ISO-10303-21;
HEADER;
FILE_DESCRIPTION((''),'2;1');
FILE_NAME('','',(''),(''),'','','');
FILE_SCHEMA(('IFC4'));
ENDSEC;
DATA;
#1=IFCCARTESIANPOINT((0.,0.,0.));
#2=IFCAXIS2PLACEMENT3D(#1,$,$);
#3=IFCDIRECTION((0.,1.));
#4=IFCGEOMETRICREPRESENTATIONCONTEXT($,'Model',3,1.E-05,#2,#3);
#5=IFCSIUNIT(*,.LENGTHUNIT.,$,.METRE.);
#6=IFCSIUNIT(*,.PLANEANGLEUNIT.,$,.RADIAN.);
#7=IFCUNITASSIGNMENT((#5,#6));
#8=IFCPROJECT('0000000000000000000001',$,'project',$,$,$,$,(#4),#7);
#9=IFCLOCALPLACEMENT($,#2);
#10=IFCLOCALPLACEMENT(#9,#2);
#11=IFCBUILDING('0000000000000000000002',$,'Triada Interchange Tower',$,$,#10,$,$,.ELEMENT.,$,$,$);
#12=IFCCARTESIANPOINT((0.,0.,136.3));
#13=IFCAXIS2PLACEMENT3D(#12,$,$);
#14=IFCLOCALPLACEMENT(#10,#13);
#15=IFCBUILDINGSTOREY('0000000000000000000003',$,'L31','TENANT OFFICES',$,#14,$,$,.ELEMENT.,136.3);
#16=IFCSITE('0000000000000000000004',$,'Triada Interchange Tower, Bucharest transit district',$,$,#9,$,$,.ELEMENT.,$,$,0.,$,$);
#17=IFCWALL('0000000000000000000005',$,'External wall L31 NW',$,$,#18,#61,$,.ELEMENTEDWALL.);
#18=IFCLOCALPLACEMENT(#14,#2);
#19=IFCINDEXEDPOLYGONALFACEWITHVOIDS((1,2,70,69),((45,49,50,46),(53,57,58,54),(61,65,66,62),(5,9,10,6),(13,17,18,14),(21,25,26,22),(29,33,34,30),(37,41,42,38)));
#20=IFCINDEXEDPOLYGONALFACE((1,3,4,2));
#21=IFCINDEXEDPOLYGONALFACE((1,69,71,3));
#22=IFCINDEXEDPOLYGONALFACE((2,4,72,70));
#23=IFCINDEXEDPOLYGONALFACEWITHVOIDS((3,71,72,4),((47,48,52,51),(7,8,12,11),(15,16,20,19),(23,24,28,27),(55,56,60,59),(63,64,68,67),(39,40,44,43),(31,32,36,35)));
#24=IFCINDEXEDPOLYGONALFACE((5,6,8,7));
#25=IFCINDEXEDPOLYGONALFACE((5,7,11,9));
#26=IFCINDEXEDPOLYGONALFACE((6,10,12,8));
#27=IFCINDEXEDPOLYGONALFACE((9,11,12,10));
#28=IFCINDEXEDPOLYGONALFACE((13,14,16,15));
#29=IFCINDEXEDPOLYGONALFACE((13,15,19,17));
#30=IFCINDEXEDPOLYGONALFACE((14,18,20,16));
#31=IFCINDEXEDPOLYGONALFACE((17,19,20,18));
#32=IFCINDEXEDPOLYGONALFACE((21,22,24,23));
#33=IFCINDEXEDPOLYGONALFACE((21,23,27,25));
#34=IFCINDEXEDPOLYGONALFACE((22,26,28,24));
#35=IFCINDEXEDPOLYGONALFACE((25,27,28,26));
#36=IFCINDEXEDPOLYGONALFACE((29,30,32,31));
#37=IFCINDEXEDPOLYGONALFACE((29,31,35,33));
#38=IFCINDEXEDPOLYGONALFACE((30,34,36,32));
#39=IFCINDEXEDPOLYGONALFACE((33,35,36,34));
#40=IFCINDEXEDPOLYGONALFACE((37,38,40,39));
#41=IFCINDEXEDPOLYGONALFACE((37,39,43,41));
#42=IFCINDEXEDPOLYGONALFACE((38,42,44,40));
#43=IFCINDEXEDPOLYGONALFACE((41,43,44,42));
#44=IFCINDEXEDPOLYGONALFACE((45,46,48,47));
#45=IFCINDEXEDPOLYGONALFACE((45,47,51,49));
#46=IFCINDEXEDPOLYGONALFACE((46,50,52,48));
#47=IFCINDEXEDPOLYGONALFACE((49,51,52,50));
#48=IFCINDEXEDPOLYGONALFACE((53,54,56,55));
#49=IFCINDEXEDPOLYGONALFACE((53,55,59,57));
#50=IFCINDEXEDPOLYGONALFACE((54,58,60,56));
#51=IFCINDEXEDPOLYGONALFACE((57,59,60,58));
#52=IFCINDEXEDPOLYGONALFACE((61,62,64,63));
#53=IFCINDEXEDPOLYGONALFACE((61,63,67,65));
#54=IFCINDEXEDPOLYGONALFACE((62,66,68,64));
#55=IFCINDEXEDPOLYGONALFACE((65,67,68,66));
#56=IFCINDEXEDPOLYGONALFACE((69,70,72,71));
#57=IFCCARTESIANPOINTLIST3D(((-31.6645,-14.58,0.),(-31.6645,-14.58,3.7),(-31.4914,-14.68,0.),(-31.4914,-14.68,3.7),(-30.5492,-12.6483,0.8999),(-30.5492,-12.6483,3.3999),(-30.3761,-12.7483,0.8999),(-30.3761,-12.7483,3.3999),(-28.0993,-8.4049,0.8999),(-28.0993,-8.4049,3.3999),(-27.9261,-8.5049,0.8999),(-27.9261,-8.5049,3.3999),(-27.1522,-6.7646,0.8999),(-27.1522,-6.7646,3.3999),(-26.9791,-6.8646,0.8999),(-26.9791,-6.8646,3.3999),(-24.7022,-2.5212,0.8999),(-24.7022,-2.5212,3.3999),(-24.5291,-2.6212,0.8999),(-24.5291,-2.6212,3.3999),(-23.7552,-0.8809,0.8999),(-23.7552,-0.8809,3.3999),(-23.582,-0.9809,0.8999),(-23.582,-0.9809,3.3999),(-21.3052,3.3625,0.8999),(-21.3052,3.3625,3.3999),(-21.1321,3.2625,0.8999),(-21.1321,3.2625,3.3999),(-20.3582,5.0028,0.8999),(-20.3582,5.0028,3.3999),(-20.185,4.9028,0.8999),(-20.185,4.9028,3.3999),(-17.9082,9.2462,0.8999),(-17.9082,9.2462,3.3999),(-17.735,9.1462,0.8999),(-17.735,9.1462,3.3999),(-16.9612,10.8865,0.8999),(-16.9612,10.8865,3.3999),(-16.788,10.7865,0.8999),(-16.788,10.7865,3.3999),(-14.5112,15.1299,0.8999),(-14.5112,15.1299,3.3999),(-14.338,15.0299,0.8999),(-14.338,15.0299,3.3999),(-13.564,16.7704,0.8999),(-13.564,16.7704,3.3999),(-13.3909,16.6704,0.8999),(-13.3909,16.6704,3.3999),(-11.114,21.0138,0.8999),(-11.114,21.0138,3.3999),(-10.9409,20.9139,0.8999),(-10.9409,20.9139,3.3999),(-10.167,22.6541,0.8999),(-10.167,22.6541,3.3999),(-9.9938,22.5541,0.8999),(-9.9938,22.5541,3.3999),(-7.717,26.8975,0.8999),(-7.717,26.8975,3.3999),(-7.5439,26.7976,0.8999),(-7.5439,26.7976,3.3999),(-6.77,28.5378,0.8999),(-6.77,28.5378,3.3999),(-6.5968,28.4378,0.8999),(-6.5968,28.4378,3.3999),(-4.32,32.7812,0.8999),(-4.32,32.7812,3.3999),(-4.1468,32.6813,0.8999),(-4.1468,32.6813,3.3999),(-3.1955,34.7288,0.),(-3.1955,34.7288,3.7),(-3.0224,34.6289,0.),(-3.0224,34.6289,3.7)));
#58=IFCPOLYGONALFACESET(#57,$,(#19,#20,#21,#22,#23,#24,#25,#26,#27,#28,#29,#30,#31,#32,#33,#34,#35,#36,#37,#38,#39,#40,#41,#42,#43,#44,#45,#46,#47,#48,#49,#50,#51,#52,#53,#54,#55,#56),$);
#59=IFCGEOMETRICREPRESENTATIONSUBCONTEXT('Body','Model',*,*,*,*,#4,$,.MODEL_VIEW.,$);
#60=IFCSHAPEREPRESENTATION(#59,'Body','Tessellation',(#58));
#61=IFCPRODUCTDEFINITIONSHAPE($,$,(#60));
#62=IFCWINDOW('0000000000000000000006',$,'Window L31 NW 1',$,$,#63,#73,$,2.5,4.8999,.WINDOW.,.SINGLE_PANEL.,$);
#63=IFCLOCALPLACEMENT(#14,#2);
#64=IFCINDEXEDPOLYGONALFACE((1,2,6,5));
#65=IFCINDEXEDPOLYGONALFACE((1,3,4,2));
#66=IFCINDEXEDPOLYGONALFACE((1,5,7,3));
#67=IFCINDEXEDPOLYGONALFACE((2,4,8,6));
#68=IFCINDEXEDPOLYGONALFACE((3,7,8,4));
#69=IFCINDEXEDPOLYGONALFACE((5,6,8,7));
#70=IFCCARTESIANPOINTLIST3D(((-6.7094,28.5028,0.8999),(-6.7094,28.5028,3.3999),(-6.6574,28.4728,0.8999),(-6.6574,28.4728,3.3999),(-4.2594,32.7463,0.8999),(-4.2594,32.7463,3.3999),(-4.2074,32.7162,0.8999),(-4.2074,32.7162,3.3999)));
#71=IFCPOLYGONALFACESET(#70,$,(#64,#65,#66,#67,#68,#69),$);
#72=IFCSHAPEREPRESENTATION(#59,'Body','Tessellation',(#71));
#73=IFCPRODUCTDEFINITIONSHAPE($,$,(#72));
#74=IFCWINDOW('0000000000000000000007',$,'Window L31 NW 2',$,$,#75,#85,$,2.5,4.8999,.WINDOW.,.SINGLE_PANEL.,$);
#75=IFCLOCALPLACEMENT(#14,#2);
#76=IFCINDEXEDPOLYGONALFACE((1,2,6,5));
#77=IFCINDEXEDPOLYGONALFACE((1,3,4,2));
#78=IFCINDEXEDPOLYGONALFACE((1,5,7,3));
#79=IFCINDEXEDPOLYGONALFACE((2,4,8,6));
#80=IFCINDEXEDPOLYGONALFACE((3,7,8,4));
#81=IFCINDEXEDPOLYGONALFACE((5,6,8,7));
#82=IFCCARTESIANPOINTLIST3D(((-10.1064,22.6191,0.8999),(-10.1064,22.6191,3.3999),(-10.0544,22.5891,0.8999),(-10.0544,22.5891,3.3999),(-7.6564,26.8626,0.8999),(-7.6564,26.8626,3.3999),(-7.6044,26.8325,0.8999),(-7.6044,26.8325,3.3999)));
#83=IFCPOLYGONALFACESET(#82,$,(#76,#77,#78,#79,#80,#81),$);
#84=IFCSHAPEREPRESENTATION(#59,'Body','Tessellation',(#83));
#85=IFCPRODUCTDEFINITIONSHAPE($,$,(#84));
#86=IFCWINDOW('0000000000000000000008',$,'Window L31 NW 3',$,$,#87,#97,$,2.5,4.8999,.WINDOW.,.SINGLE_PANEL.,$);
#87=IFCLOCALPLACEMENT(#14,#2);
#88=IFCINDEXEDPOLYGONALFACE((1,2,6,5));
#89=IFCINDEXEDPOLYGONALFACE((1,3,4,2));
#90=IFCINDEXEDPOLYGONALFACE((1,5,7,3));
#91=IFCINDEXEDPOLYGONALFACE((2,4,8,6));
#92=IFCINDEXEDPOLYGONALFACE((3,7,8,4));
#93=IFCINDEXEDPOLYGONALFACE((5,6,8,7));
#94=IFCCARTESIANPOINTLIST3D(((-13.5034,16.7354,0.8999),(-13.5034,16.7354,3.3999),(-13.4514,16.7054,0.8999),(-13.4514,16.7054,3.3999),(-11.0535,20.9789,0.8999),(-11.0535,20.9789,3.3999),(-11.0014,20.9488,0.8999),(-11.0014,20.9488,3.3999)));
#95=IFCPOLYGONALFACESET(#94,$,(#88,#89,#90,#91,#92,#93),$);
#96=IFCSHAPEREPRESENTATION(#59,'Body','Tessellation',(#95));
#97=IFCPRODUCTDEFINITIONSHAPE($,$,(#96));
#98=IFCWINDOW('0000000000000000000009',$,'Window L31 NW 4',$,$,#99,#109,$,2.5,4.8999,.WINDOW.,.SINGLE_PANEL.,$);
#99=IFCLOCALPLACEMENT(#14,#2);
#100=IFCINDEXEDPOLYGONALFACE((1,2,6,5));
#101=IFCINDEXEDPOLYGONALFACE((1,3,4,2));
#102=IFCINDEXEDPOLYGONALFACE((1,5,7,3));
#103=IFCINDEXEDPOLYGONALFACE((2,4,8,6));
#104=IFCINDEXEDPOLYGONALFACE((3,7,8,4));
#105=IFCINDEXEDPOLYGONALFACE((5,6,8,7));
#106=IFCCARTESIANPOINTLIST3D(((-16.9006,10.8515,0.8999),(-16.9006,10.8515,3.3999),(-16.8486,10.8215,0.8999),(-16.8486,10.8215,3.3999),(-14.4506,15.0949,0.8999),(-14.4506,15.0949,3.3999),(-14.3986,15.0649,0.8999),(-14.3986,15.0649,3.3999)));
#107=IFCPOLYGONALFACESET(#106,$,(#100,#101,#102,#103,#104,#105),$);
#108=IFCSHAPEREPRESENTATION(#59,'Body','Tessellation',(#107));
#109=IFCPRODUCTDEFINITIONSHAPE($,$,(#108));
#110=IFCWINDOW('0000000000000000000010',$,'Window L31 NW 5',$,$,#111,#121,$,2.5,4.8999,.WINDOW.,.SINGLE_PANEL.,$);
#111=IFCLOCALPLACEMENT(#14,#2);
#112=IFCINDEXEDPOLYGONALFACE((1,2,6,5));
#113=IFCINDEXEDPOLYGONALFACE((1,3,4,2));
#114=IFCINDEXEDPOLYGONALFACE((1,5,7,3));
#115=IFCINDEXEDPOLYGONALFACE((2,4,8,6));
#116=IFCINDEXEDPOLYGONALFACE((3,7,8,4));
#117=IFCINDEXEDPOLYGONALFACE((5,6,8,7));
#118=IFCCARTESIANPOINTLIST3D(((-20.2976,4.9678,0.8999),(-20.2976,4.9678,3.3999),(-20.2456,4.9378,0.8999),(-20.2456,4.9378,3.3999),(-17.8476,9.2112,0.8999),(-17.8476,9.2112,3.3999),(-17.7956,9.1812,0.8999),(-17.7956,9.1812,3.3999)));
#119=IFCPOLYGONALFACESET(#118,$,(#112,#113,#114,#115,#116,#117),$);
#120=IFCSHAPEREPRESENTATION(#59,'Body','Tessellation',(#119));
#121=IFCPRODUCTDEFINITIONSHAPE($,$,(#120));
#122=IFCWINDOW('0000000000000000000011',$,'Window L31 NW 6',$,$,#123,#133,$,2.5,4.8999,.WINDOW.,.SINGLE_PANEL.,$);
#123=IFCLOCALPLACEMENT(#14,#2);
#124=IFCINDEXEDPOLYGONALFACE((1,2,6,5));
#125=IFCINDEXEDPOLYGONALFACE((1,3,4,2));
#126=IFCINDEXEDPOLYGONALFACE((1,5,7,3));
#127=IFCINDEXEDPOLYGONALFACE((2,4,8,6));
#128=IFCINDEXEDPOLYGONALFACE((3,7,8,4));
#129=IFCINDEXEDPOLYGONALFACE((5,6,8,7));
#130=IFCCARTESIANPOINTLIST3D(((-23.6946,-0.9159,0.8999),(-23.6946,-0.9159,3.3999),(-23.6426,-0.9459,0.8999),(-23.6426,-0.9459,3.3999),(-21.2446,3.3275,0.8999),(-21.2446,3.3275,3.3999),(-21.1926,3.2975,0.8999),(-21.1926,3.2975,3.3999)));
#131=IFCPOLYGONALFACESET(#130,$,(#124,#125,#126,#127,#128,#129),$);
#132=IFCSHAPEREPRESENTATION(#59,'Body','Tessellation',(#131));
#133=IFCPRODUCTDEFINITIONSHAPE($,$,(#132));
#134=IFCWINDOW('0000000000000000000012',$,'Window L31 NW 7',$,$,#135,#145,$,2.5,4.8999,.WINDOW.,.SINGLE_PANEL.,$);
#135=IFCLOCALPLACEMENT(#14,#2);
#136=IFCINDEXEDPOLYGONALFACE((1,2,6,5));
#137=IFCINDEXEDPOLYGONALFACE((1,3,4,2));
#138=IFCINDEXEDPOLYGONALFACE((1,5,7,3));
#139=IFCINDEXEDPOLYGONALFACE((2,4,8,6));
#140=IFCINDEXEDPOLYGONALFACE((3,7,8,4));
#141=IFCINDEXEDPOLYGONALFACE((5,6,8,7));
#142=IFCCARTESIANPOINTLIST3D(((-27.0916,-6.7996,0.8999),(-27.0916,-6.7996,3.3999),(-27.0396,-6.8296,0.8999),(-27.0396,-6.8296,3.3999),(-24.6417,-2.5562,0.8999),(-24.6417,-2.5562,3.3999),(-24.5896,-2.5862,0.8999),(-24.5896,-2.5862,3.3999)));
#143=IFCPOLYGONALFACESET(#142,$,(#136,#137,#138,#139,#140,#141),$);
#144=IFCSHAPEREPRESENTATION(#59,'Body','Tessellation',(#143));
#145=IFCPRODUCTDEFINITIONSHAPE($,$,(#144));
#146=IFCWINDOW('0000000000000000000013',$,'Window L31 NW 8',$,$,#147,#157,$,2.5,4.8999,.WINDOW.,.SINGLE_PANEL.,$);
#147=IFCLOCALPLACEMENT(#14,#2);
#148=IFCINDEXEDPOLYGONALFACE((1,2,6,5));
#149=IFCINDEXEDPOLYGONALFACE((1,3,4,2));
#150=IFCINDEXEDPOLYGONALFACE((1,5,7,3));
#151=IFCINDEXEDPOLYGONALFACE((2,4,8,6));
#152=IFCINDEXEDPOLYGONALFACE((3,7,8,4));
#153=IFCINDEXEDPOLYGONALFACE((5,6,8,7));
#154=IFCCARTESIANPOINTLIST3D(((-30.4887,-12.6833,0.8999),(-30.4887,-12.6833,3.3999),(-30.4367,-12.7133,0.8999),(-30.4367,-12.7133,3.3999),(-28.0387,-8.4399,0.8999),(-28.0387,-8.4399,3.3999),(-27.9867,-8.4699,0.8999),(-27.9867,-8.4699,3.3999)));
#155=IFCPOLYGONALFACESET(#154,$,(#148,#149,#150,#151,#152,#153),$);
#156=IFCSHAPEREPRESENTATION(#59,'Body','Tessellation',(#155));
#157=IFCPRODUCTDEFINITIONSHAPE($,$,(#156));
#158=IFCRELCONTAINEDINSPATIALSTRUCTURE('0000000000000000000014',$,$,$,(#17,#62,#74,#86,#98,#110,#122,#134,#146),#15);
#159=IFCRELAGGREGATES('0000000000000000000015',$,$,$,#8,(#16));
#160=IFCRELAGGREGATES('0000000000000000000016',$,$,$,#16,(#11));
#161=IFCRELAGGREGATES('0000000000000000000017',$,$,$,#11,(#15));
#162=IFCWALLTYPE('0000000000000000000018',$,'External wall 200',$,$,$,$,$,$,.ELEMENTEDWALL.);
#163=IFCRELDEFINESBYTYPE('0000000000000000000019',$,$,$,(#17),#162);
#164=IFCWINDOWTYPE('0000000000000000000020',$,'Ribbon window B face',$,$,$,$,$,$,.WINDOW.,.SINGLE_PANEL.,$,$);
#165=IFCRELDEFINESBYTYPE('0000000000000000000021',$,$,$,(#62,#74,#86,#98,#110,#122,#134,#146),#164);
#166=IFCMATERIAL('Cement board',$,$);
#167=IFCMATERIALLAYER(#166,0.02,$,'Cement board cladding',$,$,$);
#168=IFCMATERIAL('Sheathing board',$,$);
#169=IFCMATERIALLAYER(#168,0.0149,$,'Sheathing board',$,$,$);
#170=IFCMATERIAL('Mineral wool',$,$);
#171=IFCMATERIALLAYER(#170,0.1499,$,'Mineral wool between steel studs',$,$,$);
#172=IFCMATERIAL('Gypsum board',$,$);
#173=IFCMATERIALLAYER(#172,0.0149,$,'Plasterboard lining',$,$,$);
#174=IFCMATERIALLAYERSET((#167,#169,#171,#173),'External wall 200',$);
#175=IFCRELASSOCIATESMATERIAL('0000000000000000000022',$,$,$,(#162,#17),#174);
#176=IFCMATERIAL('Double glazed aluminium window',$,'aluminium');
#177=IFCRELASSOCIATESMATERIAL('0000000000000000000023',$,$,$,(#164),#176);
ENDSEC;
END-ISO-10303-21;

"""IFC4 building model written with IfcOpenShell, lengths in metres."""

from ifc_helpers import new_model, si_unit, direction, frame, frame_2d, origin, place, context, subcontext, project, spatial, rectangle, extrude, material, layer, layer_set, layer_usage, type_object, element, fill, save


model = new_model("IFC4")

# Units and contexts
model_context = context("Model", 3, precision=1e-05, world=origin(), true_north=direction((0.0, 1.0)))
body_context = subcontext(model_context, "Body", "Model", "MODEL_VIEW")
ifc_project = project(units=[si_unit("LENGTHUNIT", "METRE"), si_unit("PLANEANGLEUNIT", "RADIAN")], contexts=[model_context])

# Site, building, storey
site_placement = place(None, origin())
site = spatial("IfcSite", under=ifc_project, at=site_placement, Name="Triada Interchange Tower, Bucharest transit district", CompositionType="ELEMENT", RefElevation=0.0)
building_placement = place(site_placement, origin())
building = spatial("IfcBuilding", under=site, at=building_placement, Name="Triada Interchange Tower", CompositionType="ELEMENT")
storey_placement = place(building_placement, frame((0.0, 0.0, 136.3)))
storey = spatial("IfcBuildingStorey", under=building, at=storey_placement, Name="L31", Description="TENANT OFFICES", CompositionType="ELEMENT", Elevation=136.3)

# Wall, openings, windows
ifc_material_1 = material(Name="Cement board")
ifc_layer_1 = layer(ifc_material_1, 0.02, Name="Cement board cladding")
ifc_material_2 = material(Name="Sheathing board")
ifc_layer_2 = layer(ifc_material_2, 0.0149, Name="Sheathing board")
ifc_material_3 = material(Name="Mineral wool")
ifc_layer_3 = layer(ifc_material_3, 0.1499, Name="Mineral wool between steel studs")
ifc_material_4 = material(Name="Gypsum board")
ifc_layer_4 = layer(ifc_material_4, 0.0149, Name="Plasterboard lining")
ifc_layer_set_1 = layer_set([ifc_layer_1, ifc_layer_2, ifc_layer_3, ifc_layer_4], Name="External wall 200")
ifc_layer_usage = layer_usage(ifc_layer_set_1, "AXIS2", "POSITIVE", -0.1001)
wall_type_1 = type_object("IfcWallType", Name="External wall 200", PredefinedType="ELEMENTEDWALL", material=ifc_layer_set_1)
wall_1_placement = place(storey_placement, frame((-3.1089, 34.679, 0.0), z_axis=(0.0, 0.0, 1.0), x_axis=(-0.500007, -0.866021, 0.0)))
wall_1 = element("IfcWall", 1, at=wall_1_placement, inside=storey, type_object=wall_type_1, material=ifc_layer_usage, Name="External wall L31 NW", PredefinedType="ELEMENTEDWALL", context=body_context, shape_type="SweptSolid", body=[
    extrude(rectangle(XDim=56.9373, YDim=0.2, at=frame_2d((28.4688, 0.0))), origin(), (0.0, 0.0, 1.0), 3.7),
])
opening_1_placement = place(wall_1_placement, frame((2.249, 0.0, 0.8999)))
opening_1 = element("IfcOpeningElement", 2, at=opening_1_placement, cuts=wall_1, PredefinedType="OPENING", context=body_context, shape_type="SweptSolid", body=[
    extrude(rectangle(XDim=4.8999, YDim=2.5, at=frame_2d((2.45, 1.25))), frame((0.0, 0.1099, 0.0), z_axis=(0.0, -1.0, 0.0), x_axis=(1.0, 0.0, 0.0)), (0.0, 0.0, 1.0), 0.22),
])
opening_2_placement = place(wall_1_placement, frame((9.043, 0.0, 0.8999)))
opening_2 = element("IfcOpeningElement", 3, at=opening_2_placement, cuts=wall_1, PredefinedType="OPENING", context=body_context, shape_type="SweptSolid", body=[
    extrude(rectangle(XDim=4.8999, YDim=2.5, at=frame_2d((2.45, 1.25))), frame((0.0, 0.1099, 0.0), z_axis=(0.0, -1.0, 0.0), x_axis=(1.0, 0.0, 0.0)), (0.0, 0.0, 1.0), 0.22),
])
opening_3_placement = place(wall_1_placement, frame((15.8369, 0.0, 0.8999)))
opening_3 = element("IfcOpeningElement", 4, at=opening_3_placement, cuts=wall_1, PredefinedType="OPENING", context=body_context, shape_type="SweptSolid", body=[
    extrude(rectangle(XDim=4.8999, YDim=2.5, at=frame_2d((2.45, 1.25))), frame((0.0, 0.1099, 0.0), z_axis=(0.0, -1.0, 0.0), x_axis=(1.0, 0.0, 0.0)), (0.0, 0.0, 1.0), 0.22),
])
opening_4_placement = place(wall_1_placement, frame((22.6311, 0.0, 0.8999)))
opening_4 = element("IfcOpeningElement", 5, at=opening_4_placement, cuts=wall_1, PredefinedType="OPENING", context=body_context, shape_type="SweptSolid", body=[
    extrude(rectangle(XDim=4.8999, YDim=2.5, at=frame_2d((2.45, 1.25))), frame((0.0, 0.1099, 0.0), z_axis=(0.0, -1.0, 0.0), x_axis=(1.0, 0.0, 0.0)), (0.0, 0.0, 1.0), 0.22),
])
opening_5_placement = place(wall_1_placement, frame((29.425, 0.0, 0.8999)))
opening_5 = element("IfcOpeningElement", 6, at=opening_5_placement, cuts=wall_1, PredefinedType="OPENING", context=body_context, shape_type="SweptSolid", body=[
    extrude(rectangle(XDim=4.8999, YDim=2.5, at=frame_2d((2.45, 1.25))), frame((0.0, 0.1099, 0.0), z_axis=(0.0, -1.0, 0.0), x_axis=(1.0, 0.0, 0.0)), (0.0, 0.0, 1.0), 0.22),
])
opening_6_placement = place(wall_1_placement, frame((36.219, 0.0, 0.8999)))
opening_6 = element("IfcOpeningElement", 7, at=opening_6_placement, cuts=wall_1, PredefinedType="OPENING", context=body_context, shape_type="SweptSolid", body=[
    extrude(rectangle(XDim=4.8999, YDim=2.5, at=frame_2d((2.45, 1.25))), frame((0.0, 0.1099, 0.0), z_axis=(0.0, -1.0, 0.0), x_axis=(1.0, 0.0, 0.0)), (0.0, 0.0, 1.0), 0.22),
])
opening_7_placement = place(wall_1_placement, frame((43.0129, 0.0, 0.8999)))
opening_7 = element("IfcOpeningElement", 8, at=opening_7_placement, cuts=wall_1, PredefinedType="OPENING", context=body_context, shape_type="SweptSolid", body=[
    extrude(rectangle(XDim=4.8999, YDim=2.5, at=frame_2d((2.45, 1.25))), frame((0.0, 0.1099, 0.0), z_axis=(0.0, -1.0, 0.0), x_axis=(1.0, 0.0, 0.0)), (0.0, 0.0, 1.0), 0.22),
])
opening_8_placement = place(wall_1_placement, frame((49.8069, 0.0, 0.8999)))
opening_8 = element("IfcOpeningElement", 9, at=opening_8_placement, cuts=wall_1, PredefinedType="OPENING", context=body_context, shape_type="SweptSolid", body=[
    extrude(rectangle(XDim=4.8999, YDim=2.5, at=frame_2d((2.45, 1.25))), frame((0.0, 0.1099, 0.0), z_axis=(0.0, -1.0, 0.0), x_axis=(1.0, 0.0, 0.0)), (0.0, 0.0, 1.0), 0.22),
])
ifc_material_5 = material(Name="Double glazed aluminium window", Category="aluminium")
window_type = type_object("IfcWindowType", Name="Ribbon window B face", PartitioningType="SINGLE_PANEL", PredefinedType="WINDOW", material=ifc_material_5)
window_1_placement = place(opening_1_placement, origin())
window_1 = element("IfcWindow", 10, at=window_1_placement, inside=storey, type_object=window_type, Name="Window L31 NW 1", OverallHeight=2.5, OverallWidth=4.8999, PartitioningType="SINGLE_PANEL", PredefinedType="WINDOW", context=body_context, shape_type="SweptSolid", body=[
    extrude(rectangle(XDim=4.8999, YDim=2.5, at=frame_2d((2.45, 1.25))), frame((0.0, 0.03, 0.0), z_axis=(0.0, -1.0, 0.0), x_axis=(1.0, 0.0, 0.0)), (0.0, 0.0, 1.0), 0.0601),
])
fill(opening_1, window_1)
window_2_placement = place(opening_2_placement, origin())
window_2 = element("IfcWindow", 11, at=window_2_placement, inside=storey, type_object=window_type, Name="Window L31 NW 2", OverallHeight=2.5, OverallWidth=4.8999, PartitioningType="SINGLE_PANEL", PredefinedType="WINDOW", context=body_context, shape_type="SweptSolid", body=[
    extrude(rectangle(XDim=4.8999, YDim=2.5, at=frame_2d((2.45, 1.25))), frame((0.0, 0.03, 0.0), z_axis=(0.0, -1.0, 0.0), x_axis=(1.0, 0.0, 0.0)), (0.0, 0.0, 1.0), 0.0601),
])
fill(opening_2, window_2)
window_3_placement = place(opening_3_placement, origin())
window_3 = element("IfcWindow", 12, at=window_3_placement, inside=storey, type_object=window_type, Name="Window L31 NW 3", OverallHeight=2.5, OverallWidth=4.8999, PartitioningType="SINGLE_PANEL", PredefinedType="WINDOW", context=body_context, shape_type="SweptSolid", body=[
    extrude(rectangle(XDim=4.8999, YDim=2.5, at=frame_2d((2.45, 1.25))), frame((0.0, 0.03, 0.0), z_axis=(0.0, -1.0, 0.0), x_axis=(1.0, 0.0, 0.0)), (0.0, 0.0, 1.0), 0.0601),
])
fill(opening_3, window_3)
window_4_placement = place(opening_4_placement, origin())
window_4 = element("IfcWindow", 13, at=window_4_placement, inside=storey, type_object=window_type, Name="Window L31 NW 4", OverallHeight=2.5, OverallWidth=4.8999, PartitioningType="SINGLE_PANEL", PredefinedType="WINDOW", context=body_context, shape_type="SweptSolid", body=[
    extrude(rectangle(XDim=4.8999, YDim=2.5, at=frame_2d((2.45, 1.25))), frame((0.0, 0.03, 0.0), z_axis=(0.0, -1.0, 0.0), x_axis=(1.0, 0.0, 0.0)), (0.0, 0.0, 1.0), 0.0601),
])
fill(opening_4, window_4)
window_5_placement = place(opening_5_placement, origin())
window_5 = element("IfcWindow", 14, at=window_5_placement, inside=storey, type_object=window_type, Name="Window L31 NW 5", OverallHeight=2.5, OverallWidth=4.8999, PartitioningType="SINGLE_PANEL", PredefinedType="WINDOW", context=body_context, shape_type="SweptSolid", body=[
    extrude(rectangle(XDim=4.8999, YDim=2.5, at=frame_2d((2.45, 1.25))), frame((0.0, 0.03, 0.0), z_axis=(0.0, -1.0, 0.0), x_axis=(1.0, 0.0, 0.0)), (0.0, 0.0, 1.0), 0.0601),
])
fill(opening_5, window_5)
window_6_placement = place(opening_6_placement, origin())
window_6 = element("IfcWindow", 15, at=window_6_placement, inside=storey, type_object=window_type, Name="Window L31 NW 6", OverallHeight=2.5, OverallWidth=4.8999, PartitioningType="SINGLE_PANEL", PredefinedType="WINDOW", context=body_context, shape_type="SweptSolid", body=[
    extrude(rectangle(XDim=4.8999, YDim=2.5, at=frame_2d((2.45, 1.25))), frame((0.0, 0.03, 0.0), z_axis=(0.0, -1.0, 0.0), x_axis=(1.0, 0.0, 0.0)), (0.0, 0.0, 1.0), 0.0601),
])
fill(opening_6, window_6)
window_7_placement = place(opening_7_placement, origin())
window_7 = element("IfcWindow", 16, at=window_7_placement, inside=storey, type_object=window_type, Name="Window L31 NW 7", OverallHeight=2.5, OverallWidth=4.8999, PartitioningType="SINGLE_PANEL", PredefinedType="WINDOW", context=body_context, shape_type="SweptSolid", body=[
    extrude(rectangle(XDim=4.8999, YDim=2.5, at=frame_2d((2.45, 1.25))), frame((0.0, 0.03, 0.0), z_axis=(0.0, -1.0, 0.0), x_axis=(1.0, 0.0, 0.0)), (0.0, 0.0, 1.0), 0.0601),
])
fill(opening_7, window_7)
window_8_placement = place(opening_8_placement, origin())
window_8 = element("IfcWindow", 17, at=window_8_placement, inside=storey, type_object=window_type, Name="Window L31 NW 8", OverallHeight=2.5, OverallWidth=4.8999, PartitioningType="SINGLE_PANEL", PredefinedType="WINDOW", context=body_context, shape_type="SweptSolid", body=[
    extrude(rectangle(XDim=4.8999, YDim=2.5, at=frame_2d((2.45, 1.25))), frame((0.0, 0.03, 0.0), z_axis=(0.0, -1.0, 0.0), x_axis=(1.0, 0.0, 0.0)), (0.0, 0.0, 1.0), 0.0601),
])
fill(opening_8, window_8)

save(model, "model.ifc")
